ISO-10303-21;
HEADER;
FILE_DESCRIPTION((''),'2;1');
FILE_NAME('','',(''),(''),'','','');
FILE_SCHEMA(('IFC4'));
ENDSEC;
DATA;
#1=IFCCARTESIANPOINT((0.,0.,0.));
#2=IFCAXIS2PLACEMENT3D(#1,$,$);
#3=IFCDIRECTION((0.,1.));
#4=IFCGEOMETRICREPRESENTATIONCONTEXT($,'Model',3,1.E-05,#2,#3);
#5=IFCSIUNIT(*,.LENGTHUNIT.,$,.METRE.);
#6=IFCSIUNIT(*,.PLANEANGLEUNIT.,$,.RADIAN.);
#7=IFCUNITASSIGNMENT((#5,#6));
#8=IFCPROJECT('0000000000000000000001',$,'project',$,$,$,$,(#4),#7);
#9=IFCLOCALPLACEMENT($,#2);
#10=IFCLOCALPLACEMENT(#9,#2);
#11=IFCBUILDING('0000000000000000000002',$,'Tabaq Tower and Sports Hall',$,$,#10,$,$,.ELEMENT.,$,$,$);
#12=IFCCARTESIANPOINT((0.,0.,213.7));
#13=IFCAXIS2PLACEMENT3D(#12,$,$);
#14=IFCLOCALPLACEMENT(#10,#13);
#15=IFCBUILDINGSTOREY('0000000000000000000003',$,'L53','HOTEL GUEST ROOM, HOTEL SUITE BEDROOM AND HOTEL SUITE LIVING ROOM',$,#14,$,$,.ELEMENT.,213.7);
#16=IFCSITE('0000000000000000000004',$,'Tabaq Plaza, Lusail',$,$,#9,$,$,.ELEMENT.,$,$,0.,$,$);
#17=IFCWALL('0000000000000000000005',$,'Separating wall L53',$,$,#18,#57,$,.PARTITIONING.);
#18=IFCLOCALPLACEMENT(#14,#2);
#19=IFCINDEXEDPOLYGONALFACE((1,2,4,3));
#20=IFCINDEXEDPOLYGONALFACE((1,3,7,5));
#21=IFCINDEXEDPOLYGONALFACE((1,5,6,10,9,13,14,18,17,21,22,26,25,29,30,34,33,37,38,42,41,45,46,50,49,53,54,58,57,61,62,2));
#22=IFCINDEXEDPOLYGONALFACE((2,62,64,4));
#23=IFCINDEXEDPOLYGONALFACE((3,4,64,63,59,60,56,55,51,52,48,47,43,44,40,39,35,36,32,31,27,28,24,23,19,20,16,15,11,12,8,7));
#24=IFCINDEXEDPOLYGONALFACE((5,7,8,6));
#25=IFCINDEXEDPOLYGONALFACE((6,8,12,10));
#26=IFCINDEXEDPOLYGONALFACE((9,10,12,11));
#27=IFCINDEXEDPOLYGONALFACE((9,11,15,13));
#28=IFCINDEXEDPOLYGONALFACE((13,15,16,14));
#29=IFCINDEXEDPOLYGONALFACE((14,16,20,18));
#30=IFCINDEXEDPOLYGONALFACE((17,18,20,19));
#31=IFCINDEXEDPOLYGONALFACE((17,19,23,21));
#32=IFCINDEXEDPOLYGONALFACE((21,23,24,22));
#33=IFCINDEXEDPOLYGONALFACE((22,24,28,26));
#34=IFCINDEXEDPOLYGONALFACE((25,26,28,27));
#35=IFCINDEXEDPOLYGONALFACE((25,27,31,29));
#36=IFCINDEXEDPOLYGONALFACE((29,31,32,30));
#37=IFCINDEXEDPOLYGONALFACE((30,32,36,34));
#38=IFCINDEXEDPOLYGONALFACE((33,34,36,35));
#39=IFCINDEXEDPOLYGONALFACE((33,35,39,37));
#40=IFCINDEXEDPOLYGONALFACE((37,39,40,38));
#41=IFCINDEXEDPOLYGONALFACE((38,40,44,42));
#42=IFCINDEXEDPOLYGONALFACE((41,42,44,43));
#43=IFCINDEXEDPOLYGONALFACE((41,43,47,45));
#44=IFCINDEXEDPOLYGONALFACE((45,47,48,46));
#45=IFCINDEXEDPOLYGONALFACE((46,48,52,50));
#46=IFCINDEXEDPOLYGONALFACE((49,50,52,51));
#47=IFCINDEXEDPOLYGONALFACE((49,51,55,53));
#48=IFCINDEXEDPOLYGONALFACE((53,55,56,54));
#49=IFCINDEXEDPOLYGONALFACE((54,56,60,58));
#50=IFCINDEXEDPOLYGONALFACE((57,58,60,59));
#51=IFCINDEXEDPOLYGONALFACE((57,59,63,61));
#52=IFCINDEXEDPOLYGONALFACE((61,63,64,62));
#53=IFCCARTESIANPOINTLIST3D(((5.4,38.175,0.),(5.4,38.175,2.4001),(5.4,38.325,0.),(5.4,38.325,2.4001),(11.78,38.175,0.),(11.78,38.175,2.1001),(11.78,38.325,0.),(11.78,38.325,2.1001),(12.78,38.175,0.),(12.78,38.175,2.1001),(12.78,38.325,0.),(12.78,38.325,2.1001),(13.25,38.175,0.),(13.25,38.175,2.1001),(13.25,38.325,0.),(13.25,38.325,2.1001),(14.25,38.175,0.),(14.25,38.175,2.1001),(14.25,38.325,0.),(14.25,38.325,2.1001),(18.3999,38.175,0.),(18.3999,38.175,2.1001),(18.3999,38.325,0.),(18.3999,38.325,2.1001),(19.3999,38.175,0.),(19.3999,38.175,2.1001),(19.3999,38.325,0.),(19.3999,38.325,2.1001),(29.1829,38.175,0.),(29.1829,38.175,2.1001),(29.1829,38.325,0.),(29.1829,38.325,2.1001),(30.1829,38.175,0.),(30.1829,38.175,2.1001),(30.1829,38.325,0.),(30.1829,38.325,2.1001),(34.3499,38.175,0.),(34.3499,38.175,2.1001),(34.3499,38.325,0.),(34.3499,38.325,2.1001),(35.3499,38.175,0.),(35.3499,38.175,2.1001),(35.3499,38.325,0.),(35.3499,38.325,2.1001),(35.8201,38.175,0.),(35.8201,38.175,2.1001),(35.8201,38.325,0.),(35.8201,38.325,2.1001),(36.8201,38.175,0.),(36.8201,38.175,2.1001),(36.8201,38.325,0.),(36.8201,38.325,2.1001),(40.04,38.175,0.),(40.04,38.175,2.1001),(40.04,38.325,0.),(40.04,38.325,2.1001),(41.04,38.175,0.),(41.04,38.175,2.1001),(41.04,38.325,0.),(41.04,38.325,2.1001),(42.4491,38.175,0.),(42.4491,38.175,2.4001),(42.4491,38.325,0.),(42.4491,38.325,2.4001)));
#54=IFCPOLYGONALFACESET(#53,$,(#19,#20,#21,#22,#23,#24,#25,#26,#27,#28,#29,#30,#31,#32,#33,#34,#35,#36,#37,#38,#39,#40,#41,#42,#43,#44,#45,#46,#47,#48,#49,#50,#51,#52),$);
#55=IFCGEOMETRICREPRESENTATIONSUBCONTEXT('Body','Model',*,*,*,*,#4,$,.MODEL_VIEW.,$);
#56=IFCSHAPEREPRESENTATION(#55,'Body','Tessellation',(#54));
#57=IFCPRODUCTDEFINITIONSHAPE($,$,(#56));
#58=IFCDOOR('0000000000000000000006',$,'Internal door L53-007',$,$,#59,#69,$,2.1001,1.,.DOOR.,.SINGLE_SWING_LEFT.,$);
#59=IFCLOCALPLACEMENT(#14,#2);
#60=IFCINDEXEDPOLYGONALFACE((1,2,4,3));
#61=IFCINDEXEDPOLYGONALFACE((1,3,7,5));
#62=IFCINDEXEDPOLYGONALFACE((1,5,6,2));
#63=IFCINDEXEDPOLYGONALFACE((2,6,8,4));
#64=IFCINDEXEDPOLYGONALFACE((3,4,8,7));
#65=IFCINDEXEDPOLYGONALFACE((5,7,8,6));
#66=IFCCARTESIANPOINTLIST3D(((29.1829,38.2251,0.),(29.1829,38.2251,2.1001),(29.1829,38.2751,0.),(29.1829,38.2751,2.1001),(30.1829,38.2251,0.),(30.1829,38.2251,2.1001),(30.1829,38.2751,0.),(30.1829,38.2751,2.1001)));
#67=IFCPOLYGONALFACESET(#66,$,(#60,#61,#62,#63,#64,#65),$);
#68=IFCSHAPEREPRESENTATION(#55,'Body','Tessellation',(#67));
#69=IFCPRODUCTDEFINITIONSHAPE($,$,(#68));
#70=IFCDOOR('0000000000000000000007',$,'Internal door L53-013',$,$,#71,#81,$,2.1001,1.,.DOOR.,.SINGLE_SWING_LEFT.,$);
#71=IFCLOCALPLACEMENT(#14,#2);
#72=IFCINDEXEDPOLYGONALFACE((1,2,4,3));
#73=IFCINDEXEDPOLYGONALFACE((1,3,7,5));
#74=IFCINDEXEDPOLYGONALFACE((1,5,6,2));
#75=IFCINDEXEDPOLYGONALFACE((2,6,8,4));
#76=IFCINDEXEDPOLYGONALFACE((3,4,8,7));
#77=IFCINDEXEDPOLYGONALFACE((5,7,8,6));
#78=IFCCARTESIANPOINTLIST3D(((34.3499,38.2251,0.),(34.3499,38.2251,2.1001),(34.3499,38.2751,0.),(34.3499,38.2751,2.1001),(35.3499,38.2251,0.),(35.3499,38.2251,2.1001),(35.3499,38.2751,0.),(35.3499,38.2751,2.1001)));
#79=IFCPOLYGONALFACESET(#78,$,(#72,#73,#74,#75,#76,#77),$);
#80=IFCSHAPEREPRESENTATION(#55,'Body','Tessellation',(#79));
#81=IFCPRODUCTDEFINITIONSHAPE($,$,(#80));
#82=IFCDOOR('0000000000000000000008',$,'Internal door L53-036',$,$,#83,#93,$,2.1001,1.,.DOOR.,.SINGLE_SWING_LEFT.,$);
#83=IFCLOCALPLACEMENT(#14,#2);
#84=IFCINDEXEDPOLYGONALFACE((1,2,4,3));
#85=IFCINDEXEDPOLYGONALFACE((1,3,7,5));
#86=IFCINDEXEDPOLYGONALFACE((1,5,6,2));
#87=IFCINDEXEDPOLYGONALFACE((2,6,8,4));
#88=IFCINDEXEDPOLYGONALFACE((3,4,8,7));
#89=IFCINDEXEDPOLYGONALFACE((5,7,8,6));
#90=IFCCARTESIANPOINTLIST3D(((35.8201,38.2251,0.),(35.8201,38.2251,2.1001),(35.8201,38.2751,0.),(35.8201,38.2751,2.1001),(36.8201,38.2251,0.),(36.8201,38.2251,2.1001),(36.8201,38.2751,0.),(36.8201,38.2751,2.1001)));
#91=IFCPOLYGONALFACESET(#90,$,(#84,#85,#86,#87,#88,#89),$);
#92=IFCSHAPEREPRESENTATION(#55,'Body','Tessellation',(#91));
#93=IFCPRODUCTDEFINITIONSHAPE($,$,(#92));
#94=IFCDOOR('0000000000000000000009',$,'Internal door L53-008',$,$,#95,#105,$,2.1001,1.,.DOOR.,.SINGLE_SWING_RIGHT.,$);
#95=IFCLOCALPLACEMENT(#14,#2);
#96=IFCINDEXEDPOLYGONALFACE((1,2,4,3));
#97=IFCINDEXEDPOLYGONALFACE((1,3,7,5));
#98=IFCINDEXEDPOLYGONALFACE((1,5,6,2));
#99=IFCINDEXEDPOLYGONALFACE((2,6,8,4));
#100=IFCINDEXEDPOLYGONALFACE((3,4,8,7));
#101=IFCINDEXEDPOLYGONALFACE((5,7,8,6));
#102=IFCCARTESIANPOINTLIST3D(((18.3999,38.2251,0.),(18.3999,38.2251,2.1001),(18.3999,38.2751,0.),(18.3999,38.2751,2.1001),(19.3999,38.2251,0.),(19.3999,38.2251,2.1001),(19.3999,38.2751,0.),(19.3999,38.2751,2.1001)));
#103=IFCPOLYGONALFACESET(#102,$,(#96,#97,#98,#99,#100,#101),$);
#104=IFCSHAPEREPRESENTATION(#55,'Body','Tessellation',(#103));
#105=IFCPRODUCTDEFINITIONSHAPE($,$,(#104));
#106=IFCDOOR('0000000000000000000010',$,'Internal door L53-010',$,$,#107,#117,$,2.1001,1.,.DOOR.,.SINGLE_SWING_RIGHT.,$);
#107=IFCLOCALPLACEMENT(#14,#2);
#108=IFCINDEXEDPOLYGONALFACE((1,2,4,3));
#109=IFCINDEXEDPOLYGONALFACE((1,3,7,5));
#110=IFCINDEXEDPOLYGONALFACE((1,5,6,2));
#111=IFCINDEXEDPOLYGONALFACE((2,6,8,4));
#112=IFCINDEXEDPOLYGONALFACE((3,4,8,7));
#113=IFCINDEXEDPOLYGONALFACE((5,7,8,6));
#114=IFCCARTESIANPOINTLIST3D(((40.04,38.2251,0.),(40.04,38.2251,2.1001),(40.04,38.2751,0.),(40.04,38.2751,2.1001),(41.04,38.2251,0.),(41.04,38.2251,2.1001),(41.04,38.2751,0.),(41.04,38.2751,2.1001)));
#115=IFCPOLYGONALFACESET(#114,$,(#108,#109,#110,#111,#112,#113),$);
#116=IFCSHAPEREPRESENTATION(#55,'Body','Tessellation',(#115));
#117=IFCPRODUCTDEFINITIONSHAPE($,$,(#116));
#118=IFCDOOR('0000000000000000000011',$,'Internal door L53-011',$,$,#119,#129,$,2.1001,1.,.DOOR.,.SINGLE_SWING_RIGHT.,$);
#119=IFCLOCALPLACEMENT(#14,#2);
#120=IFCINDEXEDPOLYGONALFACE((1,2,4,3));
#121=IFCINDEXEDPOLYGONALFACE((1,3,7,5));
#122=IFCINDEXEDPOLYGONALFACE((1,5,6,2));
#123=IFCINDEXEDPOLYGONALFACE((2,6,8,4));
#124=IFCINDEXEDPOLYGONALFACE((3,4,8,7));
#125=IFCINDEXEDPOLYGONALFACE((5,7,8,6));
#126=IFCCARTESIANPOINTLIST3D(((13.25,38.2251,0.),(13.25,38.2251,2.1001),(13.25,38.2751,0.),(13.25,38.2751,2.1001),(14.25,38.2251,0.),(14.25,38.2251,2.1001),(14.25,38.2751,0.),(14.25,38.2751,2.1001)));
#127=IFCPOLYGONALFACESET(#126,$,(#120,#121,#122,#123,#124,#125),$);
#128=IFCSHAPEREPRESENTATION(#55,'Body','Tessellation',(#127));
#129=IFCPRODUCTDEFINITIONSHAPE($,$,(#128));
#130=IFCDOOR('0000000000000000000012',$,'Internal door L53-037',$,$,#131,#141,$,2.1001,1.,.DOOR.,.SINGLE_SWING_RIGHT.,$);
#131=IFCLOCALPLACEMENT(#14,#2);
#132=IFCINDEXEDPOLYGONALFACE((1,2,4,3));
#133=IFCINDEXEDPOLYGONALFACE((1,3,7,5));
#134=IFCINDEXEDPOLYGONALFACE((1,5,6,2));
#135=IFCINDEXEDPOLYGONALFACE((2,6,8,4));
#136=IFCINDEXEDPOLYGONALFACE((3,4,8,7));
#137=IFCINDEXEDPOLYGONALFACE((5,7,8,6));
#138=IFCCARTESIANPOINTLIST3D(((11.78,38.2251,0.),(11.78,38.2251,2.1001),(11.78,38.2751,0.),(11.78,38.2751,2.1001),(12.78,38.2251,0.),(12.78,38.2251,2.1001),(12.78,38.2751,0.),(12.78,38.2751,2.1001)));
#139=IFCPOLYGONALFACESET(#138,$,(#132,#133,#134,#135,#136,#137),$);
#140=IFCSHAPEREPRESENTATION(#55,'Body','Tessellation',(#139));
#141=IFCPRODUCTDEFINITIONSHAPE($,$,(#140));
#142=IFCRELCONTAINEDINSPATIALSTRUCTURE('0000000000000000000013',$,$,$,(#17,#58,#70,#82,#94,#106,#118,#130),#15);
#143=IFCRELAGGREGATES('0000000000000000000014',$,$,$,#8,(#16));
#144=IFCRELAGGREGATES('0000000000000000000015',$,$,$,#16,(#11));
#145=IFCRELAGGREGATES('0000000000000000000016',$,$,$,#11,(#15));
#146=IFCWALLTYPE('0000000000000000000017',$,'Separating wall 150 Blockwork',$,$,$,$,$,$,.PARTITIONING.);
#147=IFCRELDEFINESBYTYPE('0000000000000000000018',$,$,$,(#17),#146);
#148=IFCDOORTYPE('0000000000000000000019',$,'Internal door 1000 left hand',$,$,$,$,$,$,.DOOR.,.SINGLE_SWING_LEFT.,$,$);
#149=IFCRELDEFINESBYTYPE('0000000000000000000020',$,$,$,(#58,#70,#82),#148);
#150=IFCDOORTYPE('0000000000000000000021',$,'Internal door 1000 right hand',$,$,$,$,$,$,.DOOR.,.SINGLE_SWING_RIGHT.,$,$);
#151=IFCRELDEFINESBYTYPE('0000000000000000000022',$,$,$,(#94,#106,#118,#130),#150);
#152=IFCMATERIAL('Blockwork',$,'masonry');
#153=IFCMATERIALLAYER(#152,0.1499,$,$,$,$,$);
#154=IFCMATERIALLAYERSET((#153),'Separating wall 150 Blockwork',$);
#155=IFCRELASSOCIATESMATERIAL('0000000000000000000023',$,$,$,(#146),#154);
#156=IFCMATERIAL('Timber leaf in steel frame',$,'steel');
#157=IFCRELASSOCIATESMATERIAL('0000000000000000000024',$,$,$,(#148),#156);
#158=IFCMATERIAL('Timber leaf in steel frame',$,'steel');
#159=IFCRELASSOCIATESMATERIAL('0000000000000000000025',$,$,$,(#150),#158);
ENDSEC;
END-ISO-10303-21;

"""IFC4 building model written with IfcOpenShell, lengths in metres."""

from ifc_helpers import new_model, si_unit, direction, frame, frame_2d, origin, place, context, subcontext, project, spatial, rectangle, extrude, material, layer, layer_set, type_object, element, fill, save


model = new_model("IFC4")

# Units and contexts
model_context = context("Model", 3, precision=1e-05, world=origin(), true_north=direction((0.0, 1.0)))
body_context = subcontext(model_context, "Body", "Model", "MODEL_VIEW")
ifc_project = project(units=[si_unit("LENGTHUNIT", "METRE"), si_unit("PLANEANGLEUNIT", "RADIAN")], contexts=[model_context])

# Site, building, storey
site_placement = place(None, origin())
site = spatial("IfcSite", under=ifc_project, at=site_placement, Name="Tabaq Plaza, Lusail", CompositionType="ELEMENT", RefElevation=0.0)
building_placement = place(site_placement, origin())
building = spatial("IfcBuilding", under=site, at=building_placement, Name="Tabaq Tower and Sports Hall", CompositionType="ELEMENT")
storey_placement = place(building_placement, frame((0.0, 0.0, 213.7)))
storey = spatial("IfcBuildingStorey", under=building, at=storey_placement, Name="L53", Description="HOTEL GUEST ROOM, HOTEL SUITE BEDROOM AND HOTEL SUITE LIVING ROOM", CompositionType="ELEMENT", Elevation=213.7)

# Wall, openings, doors
ifc_material_1 = material(Name="Blockwork", Category="masonry")
ifc_layer_1 = layer(ifc_material_1, 0.1499)
ifc_layer_set_1 = layer_set([ifc_layer_1], Name="Separating wall 150 Blockwork")
wall_type_1 = type_object("IfcWallType", Name="Separating wall 150 Blockwork", PredefinedType="PARTITIONING", material=ifc_layer_set_1)
wall_1_placement = place(storey_placement, frame((42.449, 38.25, 0.0), z_axis=(0.0, 0.0, 1.0), x_axis=(-1.0, 0.0, 0.0)))
wall_1 = element("IfcWall", 1, at=wall_1_placement, inside=storey, type_object=wall_type_1, Name="Separating wall L53", PredefinedType="PARTITIONING", context=body_context, shape_type="SweptSolid", body=[
    extrude(rectangle(XDim=37.0491, YDim=0.1499, at=frame_2d((18.5244, 0.0))), origin(), (0.0, 0.0, 1.0), 2.4001),
])
opening_1_placement = place(wall_1_placement, frame((12.2661, 0.0, 0.0)))
opening_1 = element("IfcOpeningElement", 2, at=opening_1_placement, cuts=wall_1, PredefinedType="OPENING", context=body_context, shape_type="SweptSolid", body=[
    extrude(rectangle(XDim=1.0, YDim=2.1001, at=frame_2d((0.5, 1.05))), frame((0.0, 0.075, 0.0), z_axis=(0.0, -1.0, 0.0), x_axis=(1.0, 0.0, 0.0)), (0.0, 0.0, 1.0), 0.1499),
])
opening_2_placement = place(wall_1_placement, frame((23.0491, 0.0, 0.0)))
opening_2 = element("IfcOpeningElement", 3, at=opening_2_placement, cuts=wall_1, PredefinedType="OPENING", context=body_context, shape_type="SweptSolid", body=[
    extrude(rectangle(XDim=1.0, YDim=2.1001, at=frame_2d((0.5, 1.05))), frame((0.0, 0.075, 0.0), z_axis=(0.0, -1.0, 0.0), x_axis=(1.0, 0.0, 0.0)), (0.0, 0.0, 1.0), 0.1499),
])
opening_3_placement = place(wall_1_placement, frame((1.4089, 0.0, 0.0)))
opening_3 = element("IfcOpeningElement", 4, at=opening_3_placement, cuts=wall_1, PredefinedType="OPENING", context=body_context, shape_type="SweptSolid", body=[
    extrude(rectangle(XDim=1.0, YDim=2.1001, at=frame_2d((0.5, 1.05))), frame((0.0, 0.075, 0.0), z_axis=(0.0, -1.0, 0.0), x_axis=(1.0, 0.0, 0.0)), (0.0, 0.0, 1.0), 0.1499),
])
opening_4_placement = place(wall_1_placement, frame((28.199, 0.0, 0.0)))
opening_4 = element("IfcOpeningElement", 5, at=opening_4_placement, cuts=wall_1, PredefinedType="OPENING", context=body_context, shape_type="SweptSolid", body=[
    extrude(rectangle(XDim=1.0, YDim=2.1001, at=frame_2d((0.5, 1.05))), frame((0.0, 0.075, 0.0), z_axis=(0.0, -1.0, 0.0), x_axis=(1.0, 0.0, 0.0)), (0.0, 0.0, 1.0), 0.1499),
])
opening_5_placement = place(wall_1_placement, frame((7.0991, 0.0, 0.0)))
opening_5 = element("IfcOpeningElement", 6, at=opening_5_placement, cuts=wall_1, PredefinedType="OPENING", context=body_context, shape_type="SweptSolid", body=[
    extrude(rectangle(XDim=1.0, YDim=2.1001, at=frame_2d((0.5, 1.05))), frame((0.0, 0.075, 0.0), z_axis=(0.0, -1.0, 0.0), x_axis=(1.0, 0.0, 0.0)), (0.0, 0.0, 1.0), 0.1499),
])
opening_6_placement = place(wall_1_placement, frame((5.6289, 0.0, 0.0)))
opening_6 = element("IfcOpeningElement", 7, at=opening_6_placement, cuts=wall_1, PredefinedType="OPENING", context=body_context, shape_type="SweptSolid", body=[
    extrude(rectangle(XDim=1.0, YDim=2.1001, at=frame_2d((0.5, 1.05))), frame((0.0, 0.075, 0.0), z_axis=(0.0, -1.0, 0.0), x_axis=(1.0, 0.0, 0.0)), (0.0, 0.0, 1.0), 0.1499),
])
opening_7_placement = place(wall_1_placement, frame((29.6689, 0.0, 0.0)))
opening_7 = element("IfcOpeningElement", 8, at=opening_7_placement, cuts=wall_1, PredefinedType="OPENING", context=body_context, shape_type="SweptSolid", body=[
    extrude(rectangle(XDim=1.0, YDim=2.1001, at=frame_2d((0.5, 1.05))), frame((0.0, 0.075, 0.0), z_axis=(0.0, -1.0, 0.0), x_axis=(1.0, 0.0, 0.0)), (0.0, 0.0, 1.0), 0.1499),
])
ifc_material_2 = material(Name="Timber leaf in steel frame", Category="steel")
door_type_1 = type_object("IfcDoorType", Name="Internal door 1000 left hand", OperationType="SINGLE_SWING_LEFT", PredefinedType="DOOR", material=ifc_material_2)
door_1_placement = place(opening_1_placement, origin())
door_1 = element("IfcDoor", 9, at=door_1_placement, inside=storey, type_object=door_type_1, Name="Internal door L53-007", OperationType="SINGLE_SWING_LEFT", OverallHeight=2.1001, OverallWidth=1.0, PredefinedType="DOOR", context=body_context, shape_type="SweptSolid", body=[
    extrude(rectangle(XDim=1.0, YDim=2.1001, at=frame_2d((0.5, 1.05))), frame((0.0, 0.0249, 0.0), z_axis=(0.0, -1.0, 0.0), x_axis=(1.0, 0.0, 0.0)), (0.0, 0.0, 1.0), 0.05),
])
fill(opening_1, door_1)
door_2_placement = place(opening_5_placement, origin())
door_2 = element("IfcDoor", 10, at=door_2_placement, inside=storey, type_object=door_type_1, Name="Internal door L53-013", OperationType="SINGLE_SWING_LEFT", OverallHeight=2.1001, OverallWidth=1.0, PredefinedType="DOOR", context=body_context, shape_type="SweptSolid", body=[
    extrude(rectangle(XDim=1.0, YDim=2.1001, at=frame_2d((0.5, 1.05))), frame((0.0, 0.0249, 0.0), z_axis=(0.0, -1.0, 0.0), x_axis=(1.0, 0.0, 0.0)), (0.0, 0.0, 1.0), 0.05),
])
fill(opening_5, door_2)
door_3_placement = place(opening_6_placement, origin())
door_3 = element("IfcDoor", 11, at=door_3_placement, inside=storey, type_object=door_type_1, Name="Internal door L53-036", OperationType="SINGLE_SWING_LEFT", OverallHeight=2.1001, OverallWidth=1.0, PredefinedType="DOOR", context=body_context, shape_type="SweptSolid", body=[
    extrude(rectangle(XDim=1.0, YDim=2.1001, at=frame_2d((0.5, 1.05))), frame((0.0, 0.0249, 0.0), z_axis=(0.0, -1.0, 0.0), x_axis=(1.0, 0.0, 0.0)), (0.0, 0.0, 1.0), 0.05),
])
fill(opening_6, door_3)
ifc_material_3 = material(Name="Timber leaf in steel frame", Category="steel")
door_type_2 = type_object("IfcDoorType", Name="Internal door 1000 right hand", OperationType="SINGLE_SWING_RIGHT", PredefinedType="DOOR", material=ifc_material_3)
door_4_placement = place(opening_2_placement, origin())
door_4 = element("IfcDoor", 12, at=door_4_placement, inside=storey, type_object=door_type_2, Name="Internal door L53-008", OperationType="SINGLE_SWING_RIGHT", OverallHeight=2.1001, OverallWidth=1.0, PredefinedType="DOOR", context=body_context, shape_type="SweptSolid", body=[
    extrude(rectangle(XDim=1.0, YDim=2.1001, at=frame_2d((0.5, 1.05))), frame((0.0, 0.0249, 0.0), z_axis=(0.0, -1.0, 0.0), x_axis=(1.0, 0.0, 0.0)), (0.0, 0.0, 1.0), 0.05),
])
fill(opening_2, door_4)
door_5_placement = place(opening_3_placement, origin())
door_5 = element("IfcDoor", 13, at=door_5_placement, inside=storey, type_object=door_type_2, Name="Internal door L53-010", OperationType="SINGLE_SWING_RIGHT", OverallHeight=2.1001, OverallWidth=1.0, PredefinedType="DOOR", context=body_context, shape_type="SweptSolid", body=[
    extrude(rectangle(XDim=1.0, YDim=2.1001, at=frame_2d((0.5, 1.05))), frame((0.0, 0.0249, 0.0), z_axis=(0.0, -1.0, 0.0), x_axis=(1.0, 0.0, 0.0)), (0.0, 0.0, 1.0), 0.05),
])
fill(opening_3, door_5)
door_6_placement = place(opening_4_placement, origin())
door_6 = element("IfcDoor", 14, at=door_6_placement, inside=storey, type_object=door_type_2, Name="Internal door L53-011", OperationType="SINGLE_SWING_RIGHT", OverallHeight=2.1001, OverallWidth=1.0, PredefinedType="DOOR", context=body_context, shape_type="SweptSolid", body=[
    extrude(rectangle(XDim=1.0, YDim=2.1001, at=frame_2d((0.5, 1.05))), frame((0.0, 0.0249, 0.0), z_axis=(0.0, -1.0, 0.0), x_axis=(1.0, 0.0, 0.0)), (0.0, 0.0, 1.0), 0.05),
])
fill(opening_4, door_6)
door_7_placement = place(opening_7_placement, origin())
door_7 = element("IfcDoor", 15, at=door_7_placement, inside=storey, type_object=door_type_2, Name="Internal door L53-037", OperationType="SINGLE_SWING_RIGHT", OverallHeight=2.1001, OverallWidth=1.0, PredefinedType="DOOR", context=body_context, shape_type="SweptSolid", body=[
    extrude(rectangle(XDim=1.0, YDim=2.1001, at=frame_2d((0.5, 1.05))), frame((0.0, 0.0249, 0.0), z_axis=(0.0, -1.0, 0.0), x_axis=(1.0, 0.0, 0.0)), (0.0, 0.0, 1.0), 0.05),
])
fill(opening_7, door_7)

save(model, "model.ifc")
